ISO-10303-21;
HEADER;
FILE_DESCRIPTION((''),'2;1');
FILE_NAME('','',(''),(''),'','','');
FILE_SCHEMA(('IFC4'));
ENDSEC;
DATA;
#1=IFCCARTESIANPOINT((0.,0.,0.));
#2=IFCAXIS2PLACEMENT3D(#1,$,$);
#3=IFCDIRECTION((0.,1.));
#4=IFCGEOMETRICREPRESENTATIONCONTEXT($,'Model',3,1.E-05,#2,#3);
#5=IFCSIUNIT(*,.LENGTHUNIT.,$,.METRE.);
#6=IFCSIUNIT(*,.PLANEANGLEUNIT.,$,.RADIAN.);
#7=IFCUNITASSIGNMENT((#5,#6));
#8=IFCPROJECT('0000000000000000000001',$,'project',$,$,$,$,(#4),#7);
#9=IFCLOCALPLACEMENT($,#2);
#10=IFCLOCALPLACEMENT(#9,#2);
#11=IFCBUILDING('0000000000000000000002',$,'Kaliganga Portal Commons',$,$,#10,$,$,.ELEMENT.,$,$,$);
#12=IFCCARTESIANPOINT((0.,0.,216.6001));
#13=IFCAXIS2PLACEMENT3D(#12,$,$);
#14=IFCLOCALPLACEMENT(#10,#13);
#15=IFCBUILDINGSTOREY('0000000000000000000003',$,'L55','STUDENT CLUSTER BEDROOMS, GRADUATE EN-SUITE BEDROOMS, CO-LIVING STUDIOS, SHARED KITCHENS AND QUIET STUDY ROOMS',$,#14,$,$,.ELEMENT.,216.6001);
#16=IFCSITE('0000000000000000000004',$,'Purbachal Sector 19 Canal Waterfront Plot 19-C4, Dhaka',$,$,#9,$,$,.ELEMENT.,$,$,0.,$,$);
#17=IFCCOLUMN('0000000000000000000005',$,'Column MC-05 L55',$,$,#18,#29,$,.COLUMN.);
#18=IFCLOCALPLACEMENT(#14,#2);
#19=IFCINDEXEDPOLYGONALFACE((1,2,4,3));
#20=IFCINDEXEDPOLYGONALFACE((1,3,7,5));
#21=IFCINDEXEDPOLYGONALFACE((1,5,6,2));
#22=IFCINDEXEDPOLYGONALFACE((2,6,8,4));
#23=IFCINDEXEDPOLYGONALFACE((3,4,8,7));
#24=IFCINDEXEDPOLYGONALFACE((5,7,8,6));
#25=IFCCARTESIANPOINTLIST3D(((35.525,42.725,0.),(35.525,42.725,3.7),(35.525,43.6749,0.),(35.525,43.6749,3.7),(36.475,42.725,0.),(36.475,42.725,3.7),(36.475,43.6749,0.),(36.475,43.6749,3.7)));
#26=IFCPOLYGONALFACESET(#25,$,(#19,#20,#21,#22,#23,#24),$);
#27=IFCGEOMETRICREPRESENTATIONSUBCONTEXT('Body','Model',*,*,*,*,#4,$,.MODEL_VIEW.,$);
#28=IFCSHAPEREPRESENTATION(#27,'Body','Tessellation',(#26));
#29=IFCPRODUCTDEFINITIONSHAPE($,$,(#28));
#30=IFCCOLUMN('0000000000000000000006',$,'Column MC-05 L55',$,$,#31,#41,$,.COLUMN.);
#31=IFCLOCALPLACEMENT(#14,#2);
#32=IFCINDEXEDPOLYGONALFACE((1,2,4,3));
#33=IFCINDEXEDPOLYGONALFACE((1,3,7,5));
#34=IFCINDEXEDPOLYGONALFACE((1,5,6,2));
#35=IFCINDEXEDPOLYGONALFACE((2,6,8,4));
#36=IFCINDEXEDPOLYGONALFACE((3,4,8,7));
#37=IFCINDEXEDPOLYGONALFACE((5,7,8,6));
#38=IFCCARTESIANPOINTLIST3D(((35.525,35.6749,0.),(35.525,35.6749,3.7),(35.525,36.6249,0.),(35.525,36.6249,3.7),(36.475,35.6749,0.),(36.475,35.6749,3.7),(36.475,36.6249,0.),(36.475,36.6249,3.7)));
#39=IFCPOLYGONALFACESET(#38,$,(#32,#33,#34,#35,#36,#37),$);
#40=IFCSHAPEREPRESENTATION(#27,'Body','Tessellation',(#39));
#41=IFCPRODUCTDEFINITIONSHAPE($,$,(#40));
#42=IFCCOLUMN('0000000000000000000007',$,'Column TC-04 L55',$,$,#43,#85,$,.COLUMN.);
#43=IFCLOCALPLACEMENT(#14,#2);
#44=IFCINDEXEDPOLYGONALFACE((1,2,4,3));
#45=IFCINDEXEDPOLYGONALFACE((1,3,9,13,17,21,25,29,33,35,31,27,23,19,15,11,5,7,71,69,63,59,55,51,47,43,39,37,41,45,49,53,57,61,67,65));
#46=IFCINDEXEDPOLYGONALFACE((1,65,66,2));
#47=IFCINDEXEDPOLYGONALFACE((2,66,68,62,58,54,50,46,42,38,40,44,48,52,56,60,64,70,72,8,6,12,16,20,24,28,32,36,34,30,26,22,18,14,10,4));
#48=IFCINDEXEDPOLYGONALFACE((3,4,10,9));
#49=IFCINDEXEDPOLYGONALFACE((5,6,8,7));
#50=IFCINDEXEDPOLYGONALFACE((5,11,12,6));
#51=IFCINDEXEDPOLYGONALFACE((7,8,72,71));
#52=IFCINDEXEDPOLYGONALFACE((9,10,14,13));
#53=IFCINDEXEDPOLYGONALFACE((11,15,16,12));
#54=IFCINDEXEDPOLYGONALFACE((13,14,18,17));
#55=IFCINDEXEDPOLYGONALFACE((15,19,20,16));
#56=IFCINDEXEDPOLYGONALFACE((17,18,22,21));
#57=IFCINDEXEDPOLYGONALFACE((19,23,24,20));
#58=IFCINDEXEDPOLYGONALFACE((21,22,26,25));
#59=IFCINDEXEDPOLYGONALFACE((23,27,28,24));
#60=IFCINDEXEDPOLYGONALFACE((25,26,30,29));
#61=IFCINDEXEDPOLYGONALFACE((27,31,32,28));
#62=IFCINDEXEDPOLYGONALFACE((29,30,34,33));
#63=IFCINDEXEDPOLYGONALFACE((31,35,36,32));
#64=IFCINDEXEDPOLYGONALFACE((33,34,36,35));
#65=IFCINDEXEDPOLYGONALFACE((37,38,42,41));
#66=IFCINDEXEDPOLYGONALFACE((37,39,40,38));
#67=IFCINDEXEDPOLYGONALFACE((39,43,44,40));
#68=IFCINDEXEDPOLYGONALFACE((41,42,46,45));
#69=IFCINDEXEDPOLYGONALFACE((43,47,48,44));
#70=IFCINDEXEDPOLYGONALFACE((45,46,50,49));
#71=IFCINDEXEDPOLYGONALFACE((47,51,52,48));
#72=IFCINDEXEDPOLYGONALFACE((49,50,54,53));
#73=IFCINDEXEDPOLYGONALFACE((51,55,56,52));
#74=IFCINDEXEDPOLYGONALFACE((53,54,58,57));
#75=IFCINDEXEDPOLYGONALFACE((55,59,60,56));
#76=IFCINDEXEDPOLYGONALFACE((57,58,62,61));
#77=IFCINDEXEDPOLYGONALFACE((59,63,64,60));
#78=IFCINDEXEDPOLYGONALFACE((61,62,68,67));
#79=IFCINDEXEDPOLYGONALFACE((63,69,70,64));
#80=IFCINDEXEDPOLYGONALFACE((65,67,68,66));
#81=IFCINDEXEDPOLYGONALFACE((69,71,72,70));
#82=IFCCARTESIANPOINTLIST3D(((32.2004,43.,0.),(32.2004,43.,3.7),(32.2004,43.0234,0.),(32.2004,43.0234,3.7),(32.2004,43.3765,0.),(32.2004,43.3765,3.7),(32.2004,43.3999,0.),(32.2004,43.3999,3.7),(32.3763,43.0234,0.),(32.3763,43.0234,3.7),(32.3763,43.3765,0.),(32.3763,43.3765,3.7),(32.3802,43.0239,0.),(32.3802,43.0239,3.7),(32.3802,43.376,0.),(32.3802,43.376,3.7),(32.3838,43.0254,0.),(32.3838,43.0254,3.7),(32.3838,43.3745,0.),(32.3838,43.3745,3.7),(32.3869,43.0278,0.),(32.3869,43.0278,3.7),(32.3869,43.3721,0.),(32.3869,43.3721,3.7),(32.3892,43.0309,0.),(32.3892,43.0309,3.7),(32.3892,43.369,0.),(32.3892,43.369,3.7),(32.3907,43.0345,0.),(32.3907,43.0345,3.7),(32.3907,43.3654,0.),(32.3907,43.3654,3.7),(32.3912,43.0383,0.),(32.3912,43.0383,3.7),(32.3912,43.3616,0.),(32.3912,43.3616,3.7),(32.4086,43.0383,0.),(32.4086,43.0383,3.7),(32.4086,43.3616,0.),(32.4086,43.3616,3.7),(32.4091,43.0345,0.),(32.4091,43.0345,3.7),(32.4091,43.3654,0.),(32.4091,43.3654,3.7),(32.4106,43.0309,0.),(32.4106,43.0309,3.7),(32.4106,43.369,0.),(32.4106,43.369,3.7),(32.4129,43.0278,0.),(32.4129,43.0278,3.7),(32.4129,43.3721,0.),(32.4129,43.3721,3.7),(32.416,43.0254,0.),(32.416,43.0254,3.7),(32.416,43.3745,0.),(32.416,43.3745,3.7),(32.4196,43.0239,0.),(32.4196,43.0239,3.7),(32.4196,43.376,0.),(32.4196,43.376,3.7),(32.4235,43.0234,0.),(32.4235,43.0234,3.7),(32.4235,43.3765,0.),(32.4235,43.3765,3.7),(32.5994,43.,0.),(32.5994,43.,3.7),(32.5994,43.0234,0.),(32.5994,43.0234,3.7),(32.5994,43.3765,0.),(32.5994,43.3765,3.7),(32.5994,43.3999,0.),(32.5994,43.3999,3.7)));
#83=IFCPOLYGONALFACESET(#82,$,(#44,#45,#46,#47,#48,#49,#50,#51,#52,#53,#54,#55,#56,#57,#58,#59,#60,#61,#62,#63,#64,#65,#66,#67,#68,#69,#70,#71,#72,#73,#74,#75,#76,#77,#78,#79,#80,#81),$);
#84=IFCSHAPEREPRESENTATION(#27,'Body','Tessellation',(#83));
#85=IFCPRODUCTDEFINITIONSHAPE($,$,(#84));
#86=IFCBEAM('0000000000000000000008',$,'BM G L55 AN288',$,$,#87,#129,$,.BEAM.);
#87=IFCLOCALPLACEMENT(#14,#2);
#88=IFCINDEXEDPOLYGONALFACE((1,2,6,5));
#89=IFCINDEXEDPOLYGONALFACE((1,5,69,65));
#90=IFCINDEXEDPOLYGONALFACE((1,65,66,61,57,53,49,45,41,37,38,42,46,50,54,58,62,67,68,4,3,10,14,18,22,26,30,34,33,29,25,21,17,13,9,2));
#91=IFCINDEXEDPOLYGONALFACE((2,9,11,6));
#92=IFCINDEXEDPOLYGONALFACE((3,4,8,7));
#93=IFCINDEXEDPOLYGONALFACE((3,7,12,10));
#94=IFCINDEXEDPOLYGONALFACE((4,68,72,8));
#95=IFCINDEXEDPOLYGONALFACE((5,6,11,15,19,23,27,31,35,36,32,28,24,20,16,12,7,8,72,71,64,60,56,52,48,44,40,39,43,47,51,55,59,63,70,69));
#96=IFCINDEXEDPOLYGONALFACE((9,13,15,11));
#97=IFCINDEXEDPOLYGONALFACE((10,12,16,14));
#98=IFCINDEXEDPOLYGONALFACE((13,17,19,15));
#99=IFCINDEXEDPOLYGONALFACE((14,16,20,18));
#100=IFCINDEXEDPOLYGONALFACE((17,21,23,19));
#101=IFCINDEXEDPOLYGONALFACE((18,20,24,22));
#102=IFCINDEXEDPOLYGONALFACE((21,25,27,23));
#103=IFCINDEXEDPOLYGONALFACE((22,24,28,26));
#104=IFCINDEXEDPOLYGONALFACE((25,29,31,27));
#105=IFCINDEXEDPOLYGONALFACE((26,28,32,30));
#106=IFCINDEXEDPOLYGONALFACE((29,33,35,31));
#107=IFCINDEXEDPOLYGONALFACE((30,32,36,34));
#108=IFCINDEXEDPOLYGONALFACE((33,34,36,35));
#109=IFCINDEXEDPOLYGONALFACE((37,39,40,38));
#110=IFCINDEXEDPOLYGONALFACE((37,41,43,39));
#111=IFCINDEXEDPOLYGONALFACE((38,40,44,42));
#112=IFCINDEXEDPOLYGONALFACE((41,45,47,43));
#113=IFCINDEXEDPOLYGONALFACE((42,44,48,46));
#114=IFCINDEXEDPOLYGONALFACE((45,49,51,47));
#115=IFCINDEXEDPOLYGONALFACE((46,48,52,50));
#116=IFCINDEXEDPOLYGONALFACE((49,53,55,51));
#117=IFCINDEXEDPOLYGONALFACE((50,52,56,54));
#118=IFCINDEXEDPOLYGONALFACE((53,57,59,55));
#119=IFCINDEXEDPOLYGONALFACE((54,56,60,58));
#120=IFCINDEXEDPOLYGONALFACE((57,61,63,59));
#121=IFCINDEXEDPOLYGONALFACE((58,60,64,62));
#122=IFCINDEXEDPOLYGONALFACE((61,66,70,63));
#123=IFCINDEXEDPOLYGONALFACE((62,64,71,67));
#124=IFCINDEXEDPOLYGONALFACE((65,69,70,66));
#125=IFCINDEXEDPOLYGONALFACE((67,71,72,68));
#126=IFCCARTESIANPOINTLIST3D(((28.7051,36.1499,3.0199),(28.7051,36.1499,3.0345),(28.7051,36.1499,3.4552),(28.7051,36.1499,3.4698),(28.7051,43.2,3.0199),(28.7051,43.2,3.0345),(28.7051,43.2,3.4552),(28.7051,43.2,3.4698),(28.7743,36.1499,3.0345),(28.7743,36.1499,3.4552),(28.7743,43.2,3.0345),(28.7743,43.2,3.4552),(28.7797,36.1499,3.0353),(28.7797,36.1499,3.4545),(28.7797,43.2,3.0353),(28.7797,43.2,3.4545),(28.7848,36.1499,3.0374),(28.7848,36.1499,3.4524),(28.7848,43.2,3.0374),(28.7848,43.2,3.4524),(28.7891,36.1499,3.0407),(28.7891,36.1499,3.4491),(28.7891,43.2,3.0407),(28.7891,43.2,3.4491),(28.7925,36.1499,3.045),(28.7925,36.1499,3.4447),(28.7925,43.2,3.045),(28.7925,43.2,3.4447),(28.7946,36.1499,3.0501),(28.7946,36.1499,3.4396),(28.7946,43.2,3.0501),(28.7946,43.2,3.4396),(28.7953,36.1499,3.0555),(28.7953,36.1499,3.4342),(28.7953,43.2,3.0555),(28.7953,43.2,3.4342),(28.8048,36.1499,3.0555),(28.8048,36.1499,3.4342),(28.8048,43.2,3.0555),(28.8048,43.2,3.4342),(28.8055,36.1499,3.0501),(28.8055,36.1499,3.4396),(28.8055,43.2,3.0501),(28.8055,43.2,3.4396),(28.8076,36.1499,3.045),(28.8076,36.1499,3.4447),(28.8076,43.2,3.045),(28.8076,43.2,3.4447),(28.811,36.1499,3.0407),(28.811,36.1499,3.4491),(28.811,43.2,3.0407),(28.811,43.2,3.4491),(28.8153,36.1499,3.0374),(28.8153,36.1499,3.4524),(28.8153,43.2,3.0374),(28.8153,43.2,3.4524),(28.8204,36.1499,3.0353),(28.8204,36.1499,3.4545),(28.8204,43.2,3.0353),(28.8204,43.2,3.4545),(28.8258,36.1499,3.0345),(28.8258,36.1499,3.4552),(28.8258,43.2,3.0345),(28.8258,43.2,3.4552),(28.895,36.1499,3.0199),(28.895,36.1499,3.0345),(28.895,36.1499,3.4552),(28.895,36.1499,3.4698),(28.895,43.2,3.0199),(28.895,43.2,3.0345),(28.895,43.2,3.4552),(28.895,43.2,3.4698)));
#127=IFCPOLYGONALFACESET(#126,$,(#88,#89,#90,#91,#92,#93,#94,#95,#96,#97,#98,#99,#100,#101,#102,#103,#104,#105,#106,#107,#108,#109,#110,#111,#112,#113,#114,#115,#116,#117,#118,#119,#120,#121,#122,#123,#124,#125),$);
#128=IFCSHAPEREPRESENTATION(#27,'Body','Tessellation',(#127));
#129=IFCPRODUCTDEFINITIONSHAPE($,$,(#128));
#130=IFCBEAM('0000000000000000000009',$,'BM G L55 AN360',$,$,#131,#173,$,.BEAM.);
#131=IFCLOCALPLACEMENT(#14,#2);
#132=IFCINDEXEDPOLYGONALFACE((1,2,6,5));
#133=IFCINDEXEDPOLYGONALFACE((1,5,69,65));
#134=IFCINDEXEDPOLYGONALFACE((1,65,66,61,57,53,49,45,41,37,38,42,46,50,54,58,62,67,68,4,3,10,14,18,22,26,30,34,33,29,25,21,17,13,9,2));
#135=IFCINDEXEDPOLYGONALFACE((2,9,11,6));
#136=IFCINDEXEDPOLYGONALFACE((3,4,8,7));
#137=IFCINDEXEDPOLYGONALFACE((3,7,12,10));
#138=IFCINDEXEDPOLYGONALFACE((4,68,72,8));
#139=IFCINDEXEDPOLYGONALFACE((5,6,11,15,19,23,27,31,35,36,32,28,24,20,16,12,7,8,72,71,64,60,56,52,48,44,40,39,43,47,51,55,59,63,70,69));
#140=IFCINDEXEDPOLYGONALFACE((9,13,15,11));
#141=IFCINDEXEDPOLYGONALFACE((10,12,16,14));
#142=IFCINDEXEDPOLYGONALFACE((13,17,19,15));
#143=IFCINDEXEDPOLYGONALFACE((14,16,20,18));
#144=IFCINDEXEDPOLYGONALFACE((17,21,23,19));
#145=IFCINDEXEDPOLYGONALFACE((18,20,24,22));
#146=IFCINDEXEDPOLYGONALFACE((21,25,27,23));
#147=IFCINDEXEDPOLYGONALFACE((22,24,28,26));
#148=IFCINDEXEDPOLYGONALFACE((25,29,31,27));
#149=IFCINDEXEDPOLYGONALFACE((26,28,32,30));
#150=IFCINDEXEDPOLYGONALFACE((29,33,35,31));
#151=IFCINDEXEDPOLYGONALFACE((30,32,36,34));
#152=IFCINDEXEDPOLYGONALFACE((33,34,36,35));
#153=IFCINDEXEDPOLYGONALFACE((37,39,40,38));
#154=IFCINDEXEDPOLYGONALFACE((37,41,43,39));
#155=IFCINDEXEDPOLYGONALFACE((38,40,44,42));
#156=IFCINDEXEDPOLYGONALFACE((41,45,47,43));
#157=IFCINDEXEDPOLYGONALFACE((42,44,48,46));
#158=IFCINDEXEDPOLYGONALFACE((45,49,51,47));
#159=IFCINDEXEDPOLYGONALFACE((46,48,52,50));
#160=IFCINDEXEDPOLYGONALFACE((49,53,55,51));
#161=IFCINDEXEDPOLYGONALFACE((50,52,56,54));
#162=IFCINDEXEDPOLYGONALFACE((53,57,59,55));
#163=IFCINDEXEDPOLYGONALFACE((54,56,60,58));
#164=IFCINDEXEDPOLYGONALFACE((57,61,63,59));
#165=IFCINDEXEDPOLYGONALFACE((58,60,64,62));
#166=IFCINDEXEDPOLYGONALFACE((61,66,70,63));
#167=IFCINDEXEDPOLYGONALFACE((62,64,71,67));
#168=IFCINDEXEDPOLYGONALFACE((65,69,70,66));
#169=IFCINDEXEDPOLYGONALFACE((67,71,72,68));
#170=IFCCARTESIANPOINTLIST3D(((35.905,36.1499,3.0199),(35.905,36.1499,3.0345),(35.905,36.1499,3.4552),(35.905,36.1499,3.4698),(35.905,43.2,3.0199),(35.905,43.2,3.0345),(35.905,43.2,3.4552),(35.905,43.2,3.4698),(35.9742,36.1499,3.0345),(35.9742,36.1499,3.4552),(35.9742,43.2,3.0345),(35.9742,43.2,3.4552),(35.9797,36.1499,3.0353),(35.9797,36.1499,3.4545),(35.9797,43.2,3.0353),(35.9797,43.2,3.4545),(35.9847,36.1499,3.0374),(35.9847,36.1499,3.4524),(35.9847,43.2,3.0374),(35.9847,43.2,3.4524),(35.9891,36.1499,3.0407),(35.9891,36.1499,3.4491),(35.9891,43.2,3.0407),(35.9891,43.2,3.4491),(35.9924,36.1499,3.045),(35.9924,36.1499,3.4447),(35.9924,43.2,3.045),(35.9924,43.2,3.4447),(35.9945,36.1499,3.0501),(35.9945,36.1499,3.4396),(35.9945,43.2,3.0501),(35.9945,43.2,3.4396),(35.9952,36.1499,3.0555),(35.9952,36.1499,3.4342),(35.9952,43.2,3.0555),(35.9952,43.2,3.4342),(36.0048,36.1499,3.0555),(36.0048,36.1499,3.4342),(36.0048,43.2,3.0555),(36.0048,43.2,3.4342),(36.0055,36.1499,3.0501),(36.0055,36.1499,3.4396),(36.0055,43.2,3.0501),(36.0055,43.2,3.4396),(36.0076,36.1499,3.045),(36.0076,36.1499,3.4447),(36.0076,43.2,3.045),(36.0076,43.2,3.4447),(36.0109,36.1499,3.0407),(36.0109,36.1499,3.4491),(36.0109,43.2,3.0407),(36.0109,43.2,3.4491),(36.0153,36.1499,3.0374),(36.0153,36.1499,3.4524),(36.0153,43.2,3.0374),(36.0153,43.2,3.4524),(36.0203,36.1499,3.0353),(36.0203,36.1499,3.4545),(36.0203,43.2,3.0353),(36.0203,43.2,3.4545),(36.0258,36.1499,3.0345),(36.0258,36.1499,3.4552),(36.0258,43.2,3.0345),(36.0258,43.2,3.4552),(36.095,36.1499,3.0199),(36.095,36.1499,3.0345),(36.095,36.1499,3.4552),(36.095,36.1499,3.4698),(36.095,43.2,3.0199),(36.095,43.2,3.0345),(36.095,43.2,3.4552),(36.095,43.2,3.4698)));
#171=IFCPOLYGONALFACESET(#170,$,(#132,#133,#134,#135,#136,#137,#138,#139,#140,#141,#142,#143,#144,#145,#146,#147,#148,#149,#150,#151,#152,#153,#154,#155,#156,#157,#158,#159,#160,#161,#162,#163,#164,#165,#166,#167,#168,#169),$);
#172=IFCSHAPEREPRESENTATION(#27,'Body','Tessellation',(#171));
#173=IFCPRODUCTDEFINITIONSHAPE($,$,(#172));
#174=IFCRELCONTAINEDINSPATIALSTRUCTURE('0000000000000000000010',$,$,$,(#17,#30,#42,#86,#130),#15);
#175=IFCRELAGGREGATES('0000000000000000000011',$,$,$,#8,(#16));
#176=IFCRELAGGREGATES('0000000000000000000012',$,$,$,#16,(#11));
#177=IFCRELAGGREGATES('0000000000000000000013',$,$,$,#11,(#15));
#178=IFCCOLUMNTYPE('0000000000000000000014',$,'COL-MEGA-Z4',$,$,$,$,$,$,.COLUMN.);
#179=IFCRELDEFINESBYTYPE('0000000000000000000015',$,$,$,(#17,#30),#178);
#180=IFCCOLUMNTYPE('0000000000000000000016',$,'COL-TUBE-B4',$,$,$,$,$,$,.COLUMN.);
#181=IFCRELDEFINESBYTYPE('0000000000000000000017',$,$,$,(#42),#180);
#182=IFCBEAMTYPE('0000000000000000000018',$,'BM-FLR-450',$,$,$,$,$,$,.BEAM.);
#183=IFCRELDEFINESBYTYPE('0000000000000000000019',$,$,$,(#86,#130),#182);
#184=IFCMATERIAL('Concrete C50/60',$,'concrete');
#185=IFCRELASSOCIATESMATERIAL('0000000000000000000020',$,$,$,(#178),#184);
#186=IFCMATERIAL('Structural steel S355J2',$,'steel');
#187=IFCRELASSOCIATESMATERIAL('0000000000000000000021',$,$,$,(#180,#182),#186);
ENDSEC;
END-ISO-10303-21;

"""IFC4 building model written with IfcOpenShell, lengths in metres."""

from ifc_helpers import new_model, si_unit, direction, frame, origin, origin_2d, place, context, subcontext, project, spatial, rectangle, i_section, extrude, source, transform, mapped, material, material_profile, profile_set, type_object, element, save


model = new_model("IFC4")

# Units and contexts
model_context = context("Model", 3, precision=1e-05, world=origin(), true_north=direction((0.0, 1.0)))
body_context = subcontext(model_context, "Body", "Model", "MODEL_VIEW")
ifc_project = project(units=[si_unit("LENGTHUNIT", "METRE"), si_unit("PLANEANGLEUNIT", "RADIAN")], contexts=[model_context])

# Site, building, storey
site_placement = place(None, origin())
site = spatial("IfcSite", under=ifc_project, at=site_placement, Name="Purbachal Sector 19 Canal Waterfront Plot 19-C4, Dhaka", CompositionType="ELEMENT", RefElevation=0.0)
building_placement = place(site_placement, origin())
building = spatial("IfcBuilding", under=site, at=building_placement, Name="Kaliganga Portal Commons", CompositionType="ELEMENT")
storey_placement = place(building_placement, frame((0.0, 0.0, 216.6001)))
storey = spatial("IfcBuildingStorey", under=building, at=storey_placement, Name="L55", Description="STUDENT CLUSTER BEDROOMS, GRADUATE EN-SUITE BEDROOMS, CO-LIVING STUDIOS, SHARED KITCHENS AND QUIET STUDY ROOMS", CompositionType="ELEMENT", Elevation=216.6001)

# Columns
ifc_material_1 = material(Name="Concrete C50/60", Category="concrete")
ifc_material_profile_1 = material_profile(ifc_material_1, rectangle(XDim=0.95, YDim=0.95, at=origin_2d()), Name="RC 950x950")
ifc_profile_set_1 = profile_set([ifc_material_profile_1], Name="Concrete C50/60")
column_type_1 = type_object("IfcColumnType", Name="COL-MEGA-Z4", PredefinedType="COLUMN", material=ifc_profile_set_1)
shared_shape_1 = source(origin(), body_context, "Body", "SweptSolid", [
    extrude(rectangle(XDim=0.95, YDim=0.95, at=origin_2d()), origin(), (0.0, 0.0, 1.0), 3.7),
])
for number, where, z_axis, x_axis, name in (
    (1, (36.0, 43.2, 0.0), (0.0, 0.0, 1.0), (1.0, 0.0, 0.0), "Column MC-05 L55"),
    (2, (36.0, 36.1499, 0.0), (0.0, 0.0, 1.0), (1.0, 0.0, 0.0), "Column MC-05 L55"),
):
    element("IfcColumn", number, at=place(storey_placement, frame(where, z_axis=z_axis, x_axis=x_axis)), inside=storey, type_object=column_type_1, Name=name, PredefinedType="COLUMN", context=body_context, shape_type="MappedRepresentation", body=[
        mapped(shared_shape_1, transform((0.0, 0.0, 0.0), x_axis=(1.0, 0.0, 0.0), y_axis=(0.0, 1.0, 0.0), z_axis=(0.0, 0.0, 1.0), scale=1.0)),
    ])
ifc_material_2 = material(Name="Structural steel S355J2", Category="steel")
ifc_material_profile_2 = material_profile(ifc_material_2, i_section(OverallWidth=0.3989, OverallDepth=0.3999, WebThickness=0.0173, FlangeThickness=0.0234, FilletRadius=0.0149, at=origin_2d()), Name="HD 400x287")
ifc_profile_set_2 = profile_set([ifc_material_profile_2], Name="Structural steel S355J2 wide-flange")
column_type_2 = type_object("IfcColumnType", Name="COL-TUBE-B4", PredefinedType="COLUMN", material=ifc_profile_set_2)
shared_shape_2 = source(origin(), body_context, "Body", "SweptSolid", [
    extrude(i_section(OverallWidth=0.3989, OverallDepth=0.3999, WebThickness=0.0173, FlangeThickness=0.0234, FilletRadius=0.0149, at=origin_2d()), origin(), (0.0, 0.0, 1.0), 3.7),
])
column_placement = place(storey_placement, frame((32.3999, 43.2, 0.0), z_axis=(0.0, 0.0, 1.0), x_axis=(1.0, 0.0, 0.0)))
element("IfcColumn", 3, at=column_placement, inside=storey, type_object=column_type_2, Name="Column TC-04 L55", PredefinedType="COLUMN", context=body_context, shape_type="MappedRepresentation", body=[
    mapped(shared_shape_2, transform((0.0, 0.0, 0.0), x_axis=(1.0, 0.0, 0.0), y_axis=(0.0, 1.0, 0.0), z_axis=(0.0, 0.0, 1.0), scale=1.0)),
])

# Beams
ifc_material_profile_3 = material_profile(ifc_material_2, i_section(OverallWidth=0.1899, OverallDepth=0.45, WebThickness=0.0095, FlangeThickness=0.0146, FilletRadius=0.021, at=origin_2d()), Name="IPE 450")
ifc_profile_set_3 = profile_set([ifc_material_profile_3], Name="Structural steel S355J2 wide-flange")
beam_type_1 = type_object("IfcBeamType", Name="BM-FLR-450", PredefinedType="BEAM", material=ifc_profile_set_3)
shared_shape_3 = source(origin(), body_context, "Body", "SweptSolid", [
    extrude(i_section(OverallWidth=0.1899, OverallDepth=0.45, WebThickness=0.0095, FlangeThickness=0.0146, FilletRadius=0.021, at=origin_2d()), origin(), (0.0, 0.0, 1.0), 7.05),
])
for number, where, z_axis, x_axis, name in (
    (4, (28.8, 36.1499, 3.2449), (0.0, 1.0, 0.0), (-1.0, 0.0, 0.0), "BM G L55 AN288"),
    (5, (36.0, 36.1499, 3.2449), (0.0, 1.0, 0.0), (-1.0, 0.0, 0.0), "BM G L55 AN360"),
):
    element("IfcBeam", number, at=place(storey_placement, frame(where, z_axis=z_axis, x_axis=x_axis)), inside=storey, type_object=beam_type_1, Name=name, PredefinedType="BEAM", context=body_context, shape_type="MappedRepresentation", body=[
        mapped(shared_shape_3, transform((0.0, 0.0, 0.0), x_axis=(1.0, 0.0, 0.0), y_axis=(0.0, 1.0, 0.0), z_axis=(0.0, 0.0, 1.0), scale=1.0)),
    ])

save(model, "model.ifc")
